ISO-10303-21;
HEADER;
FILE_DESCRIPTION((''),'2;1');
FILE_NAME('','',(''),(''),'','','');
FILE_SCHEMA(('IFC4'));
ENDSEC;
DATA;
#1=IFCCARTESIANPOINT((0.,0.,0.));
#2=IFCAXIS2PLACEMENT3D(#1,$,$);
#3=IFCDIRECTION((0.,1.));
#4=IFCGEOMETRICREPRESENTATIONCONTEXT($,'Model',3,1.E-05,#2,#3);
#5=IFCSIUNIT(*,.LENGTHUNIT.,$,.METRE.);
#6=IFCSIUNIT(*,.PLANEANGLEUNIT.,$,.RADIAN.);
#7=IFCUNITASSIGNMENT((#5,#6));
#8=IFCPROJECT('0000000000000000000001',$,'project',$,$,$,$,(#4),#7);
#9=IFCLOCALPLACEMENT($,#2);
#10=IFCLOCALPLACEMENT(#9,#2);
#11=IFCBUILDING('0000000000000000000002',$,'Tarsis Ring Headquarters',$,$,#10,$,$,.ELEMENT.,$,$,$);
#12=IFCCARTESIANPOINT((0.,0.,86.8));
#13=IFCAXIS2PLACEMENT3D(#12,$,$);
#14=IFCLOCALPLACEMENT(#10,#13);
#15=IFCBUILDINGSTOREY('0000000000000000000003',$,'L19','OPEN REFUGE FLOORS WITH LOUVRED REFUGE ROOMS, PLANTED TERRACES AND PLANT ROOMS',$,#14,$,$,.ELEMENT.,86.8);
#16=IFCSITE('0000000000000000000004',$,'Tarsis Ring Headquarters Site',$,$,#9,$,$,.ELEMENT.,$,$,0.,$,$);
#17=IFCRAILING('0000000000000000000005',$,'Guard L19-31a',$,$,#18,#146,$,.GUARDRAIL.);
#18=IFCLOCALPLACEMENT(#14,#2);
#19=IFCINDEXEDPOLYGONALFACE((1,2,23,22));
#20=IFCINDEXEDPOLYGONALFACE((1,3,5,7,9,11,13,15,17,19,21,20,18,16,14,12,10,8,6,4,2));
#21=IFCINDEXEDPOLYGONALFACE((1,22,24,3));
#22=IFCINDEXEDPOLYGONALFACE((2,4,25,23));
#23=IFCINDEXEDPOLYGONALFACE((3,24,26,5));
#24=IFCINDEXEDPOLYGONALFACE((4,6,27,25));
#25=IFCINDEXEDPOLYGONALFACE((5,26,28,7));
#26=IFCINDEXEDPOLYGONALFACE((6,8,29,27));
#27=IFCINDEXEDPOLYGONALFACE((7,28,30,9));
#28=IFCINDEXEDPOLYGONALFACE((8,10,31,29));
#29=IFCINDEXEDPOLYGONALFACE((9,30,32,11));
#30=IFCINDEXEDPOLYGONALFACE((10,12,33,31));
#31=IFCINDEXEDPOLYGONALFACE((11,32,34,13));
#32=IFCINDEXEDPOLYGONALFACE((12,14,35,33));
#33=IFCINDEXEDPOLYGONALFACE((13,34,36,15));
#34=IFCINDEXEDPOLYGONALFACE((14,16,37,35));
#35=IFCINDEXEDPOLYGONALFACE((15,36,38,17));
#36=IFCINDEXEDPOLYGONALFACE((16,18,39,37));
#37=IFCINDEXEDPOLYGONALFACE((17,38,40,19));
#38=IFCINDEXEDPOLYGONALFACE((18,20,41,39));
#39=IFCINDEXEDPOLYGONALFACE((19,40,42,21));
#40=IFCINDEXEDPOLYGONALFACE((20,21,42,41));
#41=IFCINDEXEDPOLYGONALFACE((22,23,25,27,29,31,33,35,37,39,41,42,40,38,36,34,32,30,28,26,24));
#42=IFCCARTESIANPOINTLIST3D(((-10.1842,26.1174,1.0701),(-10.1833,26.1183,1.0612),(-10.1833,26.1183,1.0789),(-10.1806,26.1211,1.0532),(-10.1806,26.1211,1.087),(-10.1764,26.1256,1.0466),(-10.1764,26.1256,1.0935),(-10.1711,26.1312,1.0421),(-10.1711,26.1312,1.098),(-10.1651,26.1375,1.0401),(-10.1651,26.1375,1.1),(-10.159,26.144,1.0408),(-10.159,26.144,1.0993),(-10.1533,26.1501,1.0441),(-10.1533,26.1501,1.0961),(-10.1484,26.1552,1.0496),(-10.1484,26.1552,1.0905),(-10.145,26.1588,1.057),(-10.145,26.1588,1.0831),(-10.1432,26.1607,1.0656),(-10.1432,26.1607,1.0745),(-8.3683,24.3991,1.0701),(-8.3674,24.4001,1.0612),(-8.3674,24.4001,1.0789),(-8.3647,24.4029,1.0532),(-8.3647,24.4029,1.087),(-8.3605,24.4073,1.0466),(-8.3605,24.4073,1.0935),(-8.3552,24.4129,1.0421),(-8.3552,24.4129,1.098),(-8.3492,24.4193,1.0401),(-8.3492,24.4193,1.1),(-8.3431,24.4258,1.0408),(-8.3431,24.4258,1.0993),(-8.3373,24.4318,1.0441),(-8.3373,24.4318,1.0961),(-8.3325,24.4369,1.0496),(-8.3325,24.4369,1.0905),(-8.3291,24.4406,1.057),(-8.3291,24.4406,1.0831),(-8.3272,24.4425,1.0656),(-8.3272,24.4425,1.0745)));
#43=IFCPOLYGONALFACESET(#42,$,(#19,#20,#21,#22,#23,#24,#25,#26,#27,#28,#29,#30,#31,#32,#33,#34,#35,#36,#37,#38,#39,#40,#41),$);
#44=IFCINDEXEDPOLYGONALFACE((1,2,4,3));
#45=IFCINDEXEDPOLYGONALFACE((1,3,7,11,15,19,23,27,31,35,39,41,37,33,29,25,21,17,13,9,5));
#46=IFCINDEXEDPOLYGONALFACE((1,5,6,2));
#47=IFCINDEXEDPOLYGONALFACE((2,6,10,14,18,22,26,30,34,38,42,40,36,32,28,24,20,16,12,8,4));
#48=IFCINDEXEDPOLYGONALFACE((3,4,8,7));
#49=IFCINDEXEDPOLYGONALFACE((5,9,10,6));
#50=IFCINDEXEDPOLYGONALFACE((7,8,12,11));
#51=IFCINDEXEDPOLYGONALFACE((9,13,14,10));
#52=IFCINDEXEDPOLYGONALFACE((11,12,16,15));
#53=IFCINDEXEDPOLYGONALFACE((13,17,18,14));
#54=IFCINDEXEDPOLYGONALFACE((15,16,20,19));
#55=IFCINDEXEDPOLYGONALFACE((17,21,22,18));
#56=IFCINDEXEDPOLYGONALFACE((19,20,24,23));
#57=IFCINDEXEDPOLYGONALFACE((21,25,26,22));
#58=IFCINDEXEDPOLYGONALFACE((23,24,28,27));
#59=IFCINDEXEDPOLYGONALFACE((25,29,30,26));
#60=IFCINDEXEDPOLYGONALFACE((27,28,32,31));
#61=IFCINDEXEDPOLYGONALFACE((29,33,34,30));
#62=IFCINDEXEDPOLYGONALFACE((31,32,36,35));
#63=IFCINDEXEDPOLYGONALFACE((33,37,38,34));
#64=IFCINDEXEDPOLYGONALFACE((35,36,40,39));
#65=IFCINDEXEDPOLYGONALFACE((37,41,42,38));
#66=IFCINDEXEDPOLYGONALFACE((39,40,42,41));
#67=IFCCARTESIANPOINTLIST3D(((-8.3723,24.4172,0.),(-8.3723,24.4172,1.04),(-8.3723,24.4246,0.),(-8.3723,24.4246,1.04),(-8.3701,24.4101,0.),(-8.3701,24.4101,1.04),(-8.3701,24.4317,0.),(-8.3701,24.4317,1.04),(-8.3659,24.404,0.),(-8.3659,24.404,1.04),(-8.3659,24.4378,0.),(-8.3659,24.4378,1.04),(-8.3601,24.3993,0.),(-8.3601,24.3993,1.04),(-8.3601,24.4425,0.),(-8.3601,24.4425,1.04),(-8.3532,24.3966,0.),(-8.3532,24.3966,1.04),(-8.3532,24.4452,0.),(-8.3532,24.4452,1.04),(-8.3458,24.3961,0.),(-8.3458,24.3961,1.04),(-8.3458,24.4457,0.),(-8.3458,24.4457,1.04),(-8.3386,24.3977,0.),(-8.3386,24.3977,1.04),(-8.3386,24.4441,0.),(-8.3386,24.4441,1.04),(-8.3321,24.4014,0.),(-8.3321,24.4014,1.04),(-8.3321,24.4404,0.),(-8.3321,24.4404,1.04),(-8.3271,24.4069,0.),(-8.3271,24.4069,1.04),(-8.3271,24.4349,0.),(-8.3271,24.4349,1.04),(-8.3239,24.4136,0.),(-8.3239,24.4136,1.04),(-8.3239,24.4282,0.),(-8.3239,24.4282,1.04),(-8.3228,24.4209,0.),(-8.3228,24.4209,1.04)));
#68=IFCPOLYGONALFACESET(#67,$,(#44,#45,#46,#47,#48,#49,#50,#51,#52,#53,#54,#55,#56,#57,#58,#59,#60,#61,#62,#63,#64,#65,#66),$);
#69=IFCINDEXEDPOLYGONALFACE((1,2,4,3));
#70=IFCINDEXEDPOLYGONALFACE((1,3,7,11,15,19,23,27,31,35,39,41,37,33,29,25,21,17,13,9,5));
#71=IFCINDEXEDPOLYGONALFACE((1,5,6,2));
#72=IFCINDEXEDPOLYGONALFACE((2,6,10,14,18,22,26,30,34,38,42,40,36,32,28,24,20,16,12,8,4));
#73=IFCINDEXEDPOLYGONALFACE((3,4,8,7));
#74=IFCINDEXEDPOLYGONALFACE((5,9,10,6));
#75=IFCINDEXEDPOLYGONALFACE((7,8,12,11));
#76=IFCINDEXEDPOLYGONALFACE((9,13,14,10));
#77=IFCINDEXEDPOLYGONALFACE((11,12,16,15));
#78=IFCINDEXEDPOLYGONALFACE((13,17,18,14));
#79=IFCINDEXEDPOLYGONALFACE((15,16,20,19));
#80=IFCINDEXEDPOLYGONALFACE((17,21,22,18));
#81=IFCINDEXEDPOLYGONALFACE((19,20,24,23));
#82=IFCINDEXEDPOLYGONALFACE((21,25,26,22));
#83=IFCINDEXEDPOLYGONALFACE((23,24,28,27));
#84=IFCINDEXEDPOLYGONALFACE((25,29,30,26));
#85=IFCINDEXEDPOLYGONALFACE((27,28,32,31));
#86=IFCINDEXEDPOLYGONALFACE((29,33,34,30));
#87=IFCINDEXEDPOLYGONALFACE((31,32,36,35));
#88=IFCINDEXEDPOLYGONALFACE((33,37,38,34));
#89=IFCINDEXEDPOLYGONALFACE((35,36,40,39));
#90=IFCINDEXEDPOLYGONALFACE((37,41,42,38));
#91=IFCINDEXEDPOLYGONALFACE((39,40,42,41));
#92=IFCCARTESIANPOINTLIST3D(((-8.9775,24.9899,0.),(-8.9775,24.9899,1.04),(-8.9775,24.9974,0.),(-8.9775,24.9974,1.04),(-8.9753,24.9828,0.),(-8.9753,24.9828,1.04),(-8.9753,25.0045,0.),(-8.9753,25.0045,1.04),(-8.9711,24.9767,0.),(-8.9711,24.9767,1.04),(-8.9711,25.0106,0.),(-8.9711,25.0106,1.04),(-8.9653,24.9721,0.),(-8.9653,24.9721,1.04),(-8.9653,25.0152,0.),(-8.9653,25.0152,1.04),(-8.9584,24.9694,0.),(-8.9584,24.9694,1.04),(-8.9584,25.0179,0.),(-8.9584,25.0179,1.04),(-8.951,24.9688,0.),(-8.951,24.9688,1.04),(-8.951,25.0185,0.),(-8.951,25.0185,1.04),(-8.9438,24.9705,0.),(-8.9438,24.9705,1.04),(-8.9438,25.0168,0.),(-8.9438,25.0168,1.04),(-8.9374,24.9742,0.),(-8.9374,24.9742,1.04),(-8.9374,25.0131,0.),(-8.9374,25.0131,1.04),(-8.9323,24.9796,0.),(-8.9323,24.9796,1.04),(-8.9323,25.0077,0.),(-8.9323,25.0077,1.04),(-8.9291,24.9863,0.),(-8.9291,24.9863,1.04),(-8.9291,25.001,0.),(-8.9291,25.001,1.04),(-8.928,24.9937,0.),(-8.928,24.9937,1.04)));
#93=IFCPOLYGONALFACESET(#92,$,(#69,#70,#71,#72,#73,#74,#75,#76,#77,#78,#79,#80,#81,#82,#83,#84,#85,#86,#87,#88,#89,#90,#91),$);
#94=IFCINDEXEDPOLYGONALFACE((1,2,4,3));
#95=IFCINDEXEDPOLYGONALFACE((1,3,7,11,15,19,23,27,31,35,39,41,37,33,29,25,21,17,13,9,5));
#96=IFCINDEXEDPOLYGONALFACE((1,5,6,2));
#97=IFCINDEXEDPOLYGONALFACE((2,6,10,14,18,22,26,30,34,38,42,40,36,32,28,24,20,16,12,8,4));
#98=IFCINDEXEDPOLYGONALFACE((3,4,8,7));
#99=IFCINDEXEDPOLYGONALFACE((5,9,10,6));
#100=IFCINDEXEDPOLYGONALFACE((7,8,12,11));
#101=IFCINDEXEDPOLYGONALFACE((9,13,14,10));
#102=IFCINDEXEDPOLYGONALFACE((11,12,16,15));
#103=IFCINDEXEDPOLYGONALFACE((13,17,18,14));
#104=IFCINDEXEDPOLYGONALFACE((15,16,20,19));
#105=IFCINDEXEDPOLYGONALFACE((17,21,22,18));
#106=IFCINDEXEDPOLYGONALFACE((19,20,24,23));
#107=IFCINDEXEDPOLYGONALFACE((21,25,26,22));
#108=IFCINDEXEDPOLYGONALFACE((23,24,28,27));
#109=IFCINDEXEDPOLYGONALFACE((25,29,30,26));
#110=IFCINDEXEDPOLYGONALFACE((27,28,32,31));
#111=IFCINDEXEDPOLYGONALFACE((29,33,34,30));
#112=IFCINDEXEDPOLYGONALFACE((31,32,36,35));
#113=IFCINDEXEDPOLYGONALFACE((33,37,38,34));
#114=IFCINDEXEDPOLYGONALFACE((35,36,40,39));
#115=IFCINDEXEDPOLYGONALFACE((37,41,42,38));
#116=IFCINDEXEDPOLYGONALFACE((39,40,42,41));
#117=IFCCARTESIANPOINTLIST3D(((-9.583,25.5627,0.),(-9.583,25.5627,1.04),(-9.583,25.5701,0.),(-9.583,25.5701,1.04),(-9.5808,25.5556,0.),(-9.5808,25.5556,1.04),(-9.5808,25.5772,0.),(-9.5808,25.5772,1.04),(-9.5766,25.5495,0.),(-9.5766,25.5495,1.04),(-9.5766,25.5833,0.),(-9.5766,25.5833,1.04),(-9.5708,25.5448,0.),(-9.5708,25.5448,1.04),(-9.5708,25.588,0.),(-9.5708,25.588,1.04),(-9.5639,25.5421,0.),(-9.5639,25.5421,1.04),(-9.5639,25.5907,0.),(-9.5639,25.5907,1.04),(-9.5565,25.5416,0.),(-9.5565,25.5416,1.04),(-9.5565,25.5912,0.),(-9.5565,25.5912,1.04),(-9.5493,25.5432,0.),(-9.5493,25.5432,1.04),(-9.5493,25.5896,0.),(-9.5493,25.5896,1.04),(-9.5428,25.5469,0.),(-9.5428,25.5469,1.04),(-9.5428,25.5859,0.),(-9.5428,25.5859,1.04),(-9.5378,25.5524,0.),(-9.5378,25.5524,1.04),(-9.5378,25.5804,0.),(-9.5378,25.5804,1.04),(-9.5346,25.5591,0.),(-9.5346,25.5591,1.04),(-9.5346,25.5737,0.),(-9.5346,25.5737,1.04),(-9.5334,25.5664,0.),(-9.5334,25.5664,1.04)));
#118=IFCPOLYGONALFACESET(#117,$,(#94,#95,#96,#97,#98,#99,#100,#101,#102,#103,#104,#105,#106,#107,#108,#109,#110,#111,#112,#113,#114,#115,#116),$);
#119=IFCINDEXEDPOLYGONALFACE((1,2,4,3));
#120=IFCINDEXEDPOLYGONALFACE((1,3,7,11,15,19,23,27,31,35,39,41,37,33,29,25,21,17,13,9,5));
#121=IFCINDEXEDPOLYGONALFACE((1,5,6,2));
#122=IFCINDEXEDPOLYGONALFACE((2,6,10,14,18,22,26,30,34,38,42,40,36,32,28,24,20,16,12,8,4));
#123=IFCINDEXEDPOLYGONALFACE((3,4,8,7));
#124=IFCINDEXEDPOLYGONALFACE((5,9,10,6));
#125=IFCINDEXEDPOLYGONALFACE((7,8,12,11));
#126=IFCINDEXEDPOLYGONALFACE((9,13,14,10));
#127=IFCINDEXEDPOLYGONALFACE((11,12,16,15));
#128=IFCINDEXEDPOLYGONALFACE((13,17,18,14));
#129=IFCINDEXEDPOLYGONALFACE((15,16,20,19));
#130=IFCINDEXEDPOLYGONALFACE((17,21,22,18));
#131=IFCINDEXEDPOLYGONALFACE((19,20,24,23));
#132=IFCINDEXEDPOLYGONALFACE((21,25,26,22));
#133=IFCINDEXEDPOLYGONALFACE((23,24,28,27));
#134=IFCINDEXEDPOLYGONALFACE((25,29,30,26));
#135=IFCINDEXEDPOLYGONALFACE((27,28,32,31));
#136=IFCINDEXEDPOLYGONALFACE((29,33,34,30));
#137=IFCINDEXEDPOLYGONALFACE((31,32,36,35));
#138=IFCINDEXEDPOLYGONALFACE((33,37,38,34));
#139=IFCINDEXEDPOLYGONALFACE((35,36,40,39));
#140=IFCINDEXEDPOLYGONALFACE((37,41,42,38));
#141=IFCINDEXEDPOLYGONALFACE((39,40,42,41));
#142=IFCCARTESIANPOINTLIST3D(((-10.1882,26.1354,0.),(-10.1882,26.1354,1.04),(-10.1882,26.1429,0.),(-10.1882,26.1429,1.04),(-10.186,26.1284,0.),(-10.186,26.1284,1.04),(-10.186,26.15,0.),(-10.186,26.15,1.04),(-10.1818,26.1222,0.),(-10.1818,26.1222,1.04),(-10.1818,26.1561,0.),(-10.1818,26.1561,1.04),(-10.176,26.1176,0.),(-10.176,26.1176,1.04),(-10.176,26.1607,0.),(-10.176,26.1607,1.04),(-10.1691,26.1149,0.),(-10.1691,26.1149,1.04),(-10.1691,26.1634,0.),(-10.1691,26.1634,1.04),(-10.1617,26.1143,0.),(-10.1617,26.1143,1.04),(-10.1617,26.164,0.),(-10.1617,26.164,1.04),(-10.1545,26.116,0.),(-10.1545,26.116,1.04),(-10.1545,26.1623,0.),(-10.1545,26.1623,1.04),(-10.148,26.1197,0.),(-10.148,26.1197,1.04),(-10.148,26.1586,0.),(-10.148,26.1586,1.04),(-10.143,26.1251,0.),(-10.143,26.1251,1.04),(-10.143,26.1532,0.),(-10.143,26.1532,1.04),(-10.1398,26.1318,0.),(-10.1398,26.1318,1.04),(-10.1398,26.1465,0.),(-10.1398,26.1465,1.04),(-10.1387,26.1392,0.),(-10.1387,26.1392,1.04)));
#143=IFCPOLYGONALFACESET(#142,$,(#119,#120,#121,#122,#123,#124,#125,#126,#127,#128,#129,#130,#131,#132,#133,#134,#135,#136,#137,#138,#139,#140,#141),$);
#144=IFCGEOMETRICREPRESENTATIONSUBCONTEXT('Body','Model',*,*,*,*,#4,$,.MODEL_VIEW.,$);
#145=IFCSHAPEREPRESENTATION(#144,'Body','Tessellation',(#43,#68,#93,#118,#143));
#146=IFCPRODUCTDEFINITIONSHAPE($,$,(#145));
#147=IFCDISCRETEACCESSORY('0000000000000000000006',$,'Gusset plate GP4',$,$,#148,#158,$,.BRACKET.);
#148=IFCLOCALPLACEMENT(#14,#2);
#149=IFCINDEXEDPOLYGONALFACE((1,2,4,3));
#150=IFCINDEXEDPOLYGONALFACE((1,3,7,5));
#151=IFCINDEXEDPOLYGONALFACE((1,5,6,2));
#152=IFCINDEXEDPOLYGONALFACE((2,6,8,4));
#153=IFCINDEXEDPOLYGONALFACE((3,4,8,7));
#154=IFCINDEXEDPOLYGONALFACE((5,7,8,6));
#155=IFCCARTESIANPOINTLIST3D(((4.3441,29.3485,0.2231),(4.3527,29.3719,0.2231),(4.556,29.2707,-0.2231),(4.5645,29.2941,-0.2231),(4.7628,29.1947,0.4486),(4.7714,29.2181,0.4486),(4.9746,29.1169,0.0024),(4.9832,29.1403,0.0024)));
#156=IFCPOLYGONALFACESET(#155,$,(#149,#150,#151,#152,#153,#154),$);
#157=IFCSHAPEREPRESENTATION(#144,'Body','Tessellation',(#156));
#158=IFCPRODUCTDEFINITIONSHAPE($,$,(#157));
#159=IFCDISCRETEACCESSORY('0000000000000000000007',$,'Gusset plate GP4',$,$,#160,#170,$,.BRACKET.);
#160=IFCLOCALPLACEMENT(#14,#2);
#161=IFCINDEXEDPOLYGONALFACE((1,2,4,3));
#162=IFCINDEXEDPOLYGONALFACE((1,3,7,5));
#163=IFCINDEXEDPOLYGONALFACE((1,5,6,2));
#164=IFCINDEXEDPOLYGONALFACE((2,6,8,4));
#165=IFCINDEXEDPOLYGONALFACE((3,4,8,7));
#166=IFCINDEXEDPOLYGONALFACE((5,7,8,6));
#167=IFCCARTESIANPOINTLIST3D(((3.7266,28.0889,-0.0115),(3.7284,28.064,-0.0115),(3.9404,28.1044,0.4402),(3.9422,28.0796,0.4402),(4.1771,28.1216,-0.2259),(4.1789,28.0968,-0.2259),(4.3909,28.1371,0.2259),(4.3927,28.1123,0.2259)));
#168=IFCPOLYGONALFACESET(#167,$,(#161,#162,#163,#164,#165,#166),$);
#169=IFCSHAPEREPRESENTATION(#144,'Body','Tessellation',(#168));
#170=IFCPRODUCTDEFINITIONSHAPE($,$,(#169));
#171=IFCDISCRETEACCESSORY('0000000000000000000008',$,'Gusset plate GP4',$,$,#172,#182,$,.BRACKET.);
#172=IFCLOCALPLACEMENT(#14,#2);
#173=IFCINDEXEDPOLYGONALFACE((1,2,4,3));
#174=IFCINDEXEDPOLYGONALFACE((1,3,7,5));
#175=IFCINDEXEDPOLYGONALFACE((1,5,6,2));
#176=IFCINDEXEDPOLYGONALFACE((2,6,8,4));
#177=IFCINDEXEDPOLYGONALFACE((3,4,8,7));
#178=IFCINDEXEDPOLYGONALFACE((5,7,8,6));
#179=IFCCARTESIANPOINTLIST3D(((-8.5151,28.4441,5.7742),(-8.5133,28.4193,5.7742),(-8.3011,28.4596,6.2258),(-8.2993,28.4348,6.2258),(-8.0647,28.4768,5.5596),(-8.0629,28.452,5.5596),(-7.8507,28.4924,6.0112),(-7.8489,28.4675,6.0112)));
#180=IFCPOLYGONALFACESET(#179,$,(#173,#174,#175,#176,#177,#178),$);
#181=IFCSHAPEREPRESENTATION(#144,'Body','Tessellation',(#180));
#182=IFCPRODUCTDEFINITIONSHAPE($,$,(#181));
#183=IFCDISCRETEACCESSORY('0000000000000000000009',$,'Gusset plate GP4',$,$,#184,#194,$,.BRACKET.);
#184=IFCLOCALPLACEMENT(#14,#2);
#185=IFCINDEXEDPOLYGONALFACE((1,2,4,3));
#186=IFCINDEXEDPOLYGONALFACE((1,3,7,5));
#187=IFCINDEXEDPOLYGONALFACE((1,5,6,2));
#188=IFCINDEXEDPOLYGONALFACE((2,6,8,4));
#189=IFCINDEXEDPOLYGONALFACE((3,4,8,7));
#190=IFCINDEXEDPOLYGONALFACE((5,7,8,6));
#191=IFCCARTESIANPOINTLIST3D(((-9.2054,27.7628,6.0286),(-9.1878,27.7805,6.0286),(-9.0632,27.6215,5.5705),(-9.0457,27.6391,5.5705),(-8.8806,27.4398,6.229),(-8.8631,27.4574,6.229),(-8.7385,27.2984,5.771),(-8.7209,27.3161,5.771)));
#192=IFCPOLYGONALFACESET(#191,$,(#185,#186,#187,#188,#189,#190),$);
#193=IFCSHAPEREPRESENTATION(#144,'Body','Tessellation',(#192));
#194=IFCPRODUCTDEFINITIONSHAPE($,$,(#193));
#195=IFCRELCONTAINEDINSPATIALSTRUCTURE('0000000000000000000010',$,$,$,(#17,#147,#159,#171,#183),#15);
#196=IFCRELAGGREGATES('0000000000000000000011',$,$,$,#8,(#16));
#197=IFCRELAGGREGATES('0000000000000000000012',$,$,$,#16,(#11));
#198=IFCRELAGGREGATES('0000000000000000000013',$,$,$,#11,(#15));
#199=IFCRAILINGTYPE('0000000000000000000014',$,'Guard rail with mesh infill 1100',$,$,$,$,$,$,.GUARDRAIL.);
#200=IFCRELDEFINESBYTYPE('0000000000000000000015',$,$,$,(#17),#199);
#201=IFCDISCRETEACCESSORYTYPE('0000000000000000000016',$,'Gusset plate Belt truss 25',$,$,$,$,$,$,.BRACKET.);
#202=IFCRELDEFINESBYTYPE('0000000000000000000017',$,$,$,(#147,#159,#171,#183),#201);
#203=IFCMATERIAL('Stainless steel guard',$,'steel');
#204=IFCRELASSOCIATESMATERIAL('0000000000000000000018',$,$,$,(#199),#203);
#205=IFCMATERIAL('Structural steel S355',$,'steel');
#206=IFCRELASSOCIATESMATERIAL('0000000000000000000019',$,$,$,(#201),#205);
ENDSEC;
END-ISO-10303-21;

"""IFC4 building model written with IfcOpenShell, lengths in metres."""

from ifc_helpers import new_model, si_unit, direction, frame, origin, origin_2d, place, context, subcontext, project, spatial, rectangle, circle, extrude, material, material_profile, profile_set, type_object, element, save


model = new_model("IFC4")

# Units and contexts
model_context = context("Model", 3, precision=1e-05, world=origin(), true_north=direction((0.0, 1.0)))
body_context = subcontext(model_context, "Body", "Model", "MODEL_VIEW")
ifc_project = project(units=[si_unit("LENGTHUNIT", "METRE"), si_unit("PLANEANGLEUNIT", "RADIAN")], contexts=[model_context])

# Site, building, storey
site_placement = place(None, origin())
site = spatial("IfcSite", under=ifc_project, at=site_placement, Name="Tarsis Ring Headquarters Site", CompositionType="ELEMENT", RefElevation=0.0)
building_placement = place(site_placement, origin())
building = spatial("IfcBuilding", under=site, at=building_placement, Name="Tarsis Ring Headquarters", CompositionType="ELEMENT")
storey_placement = place(building_placement, frame((0.0, 0.0, 86.8)))
storey = spatial("IfcBuildingStorey", under=building, at=storey_placement, Name="L19", Description="OPEN REFUGE FLOORS WITH LOUVRED REFUGE ROOMS, PLANTED TERRACES AND PLANT ROOMS", CompositionType="ELEMENT", Elevation=86.8)

# Shared definitions
ifc_material_1 = material(Name="Structural steel S355", Category="steel")

# Railing
ifc_material_2 = material(Name="Stainless steel guard", Category="steel")
railing_type_1 = type_object("IfcRailingType", Name="Guard rail with mesh infill 1100", PredefinedType="GUARDRAIL", material=ifc_material_2)
railing_1_placement = place(storey_placement, frame((-8.3477, 24.4209, 0.0)))
element("IfcRailing", 1, at=railing_1_placement, inside=storey, type_object=railing_type_1, Name="Guard L19-31a", PredefinedType="GUARDRAIL", context=body_context, shape_type="SweptSolid", body=[
    extrude(circle(Radius=0.03, at=origin_2d()), frame((0.0, 0.0, 1.0701), z_axis=(-0.726368, 0.687306, 0.0), x_axis=(-0.687306, -0.726368, 0.0)), (0.0, 0.0, 1.0), 2.5),
    extrude(circle(Radius=0.0249, at=origin_2d()), origin(), (0.0, 0.0, 1.0), 1.04),
    extrude(circle(Radius=0.0249, at=origin_2d()), frame((-0.6052, 0.5728, 0.0)), (0.0, 0.0, 1.0), 1.04),
    extrude(circle(Radius=0.0249, at=origin_2d()), frame((-1.2107, 1.1455, 0.0)), (0.0, 0.0, 1.0), 1.04),
    extrude(circle(Radius=0.0249, at=origin_2d()), frame((-1.8159, 1.7183, 0.0)), (0.0, 0.0, 1.0), 1.04),
])

# Discrete accessories
ifc_material_profile_1 = material_profile(ifc_material_1, rectangle(XDim=0.0249, YDim=0.5, at=origin_2d()), Name="PL 25x500")
ifc_profile_set_1 = profile_set([ifc_material_profile_1], Name="Structural steel S355")
discrete_accessory_type = type_object("IfcDiscreteAccessoryType", Name="Gusset plate Belt truss 25", PredefinedType="BRACKET", material=ifc_profile_set_1)
discrete_accessory_placement = place(storey_placement, frame((4.4543, 29.3213, 0.0), z_axis=(0.837642, -0.307705, 0.451301), x_axis=(0.344817, 0.93867, 0.0)))
element("IfcDiscreteAccessory", 2, at=discrete_accessory_placement, inside=storey, type_object=discrete_accessory_type, Name="Gusset plate GP4", PredefinedType="BRACKET", context=body_context, shape_type="SweptSolid", body=[
    extrude(rectangle(XDim=0.0249, YDim=0.5, at=origin_2d()), origin(), (0.0, 0.0, 1.0), 0.4998),
])
for number, where, z_axis, x_axis, name in (
    (3, (4.2849, 28.1169, 0.0), (-0.901033, -0.065441, 0.428784), (0.072438, -0.997373, 0.0), "Gusset plate GP4"),
    (4, (-8.4072, 28.4395, 6.0), (0.900845, 0.065427, -0.429183), (-0.072438, 0.997373, 0.0), "Gusset plate GP4"),
    (5, (-8.8008, 27.3779, 6.0), (-0.649494, 0.646076, -0.400928), (-0.705239, -0.70897, 0.0), "Gusset plate GP4"),
):
    element("IfcDiscreteAccessory", number, at=place(storey_placement, frame(where, z_axis=z_axis, x_axis=x_axis)), inside=storey, type_object=discrete_accessory_type, Name=name, PredefinedType="BRACKET", context=body_context, shape_type="SweptSolid", body=[
        extrude(rectangle(XDim=0.0249, YDim=0.5, at=origin_2d()), origin(), (0.0, 0.0, 1.0), 0.5),
    ])

save(model, "model.ifc")
